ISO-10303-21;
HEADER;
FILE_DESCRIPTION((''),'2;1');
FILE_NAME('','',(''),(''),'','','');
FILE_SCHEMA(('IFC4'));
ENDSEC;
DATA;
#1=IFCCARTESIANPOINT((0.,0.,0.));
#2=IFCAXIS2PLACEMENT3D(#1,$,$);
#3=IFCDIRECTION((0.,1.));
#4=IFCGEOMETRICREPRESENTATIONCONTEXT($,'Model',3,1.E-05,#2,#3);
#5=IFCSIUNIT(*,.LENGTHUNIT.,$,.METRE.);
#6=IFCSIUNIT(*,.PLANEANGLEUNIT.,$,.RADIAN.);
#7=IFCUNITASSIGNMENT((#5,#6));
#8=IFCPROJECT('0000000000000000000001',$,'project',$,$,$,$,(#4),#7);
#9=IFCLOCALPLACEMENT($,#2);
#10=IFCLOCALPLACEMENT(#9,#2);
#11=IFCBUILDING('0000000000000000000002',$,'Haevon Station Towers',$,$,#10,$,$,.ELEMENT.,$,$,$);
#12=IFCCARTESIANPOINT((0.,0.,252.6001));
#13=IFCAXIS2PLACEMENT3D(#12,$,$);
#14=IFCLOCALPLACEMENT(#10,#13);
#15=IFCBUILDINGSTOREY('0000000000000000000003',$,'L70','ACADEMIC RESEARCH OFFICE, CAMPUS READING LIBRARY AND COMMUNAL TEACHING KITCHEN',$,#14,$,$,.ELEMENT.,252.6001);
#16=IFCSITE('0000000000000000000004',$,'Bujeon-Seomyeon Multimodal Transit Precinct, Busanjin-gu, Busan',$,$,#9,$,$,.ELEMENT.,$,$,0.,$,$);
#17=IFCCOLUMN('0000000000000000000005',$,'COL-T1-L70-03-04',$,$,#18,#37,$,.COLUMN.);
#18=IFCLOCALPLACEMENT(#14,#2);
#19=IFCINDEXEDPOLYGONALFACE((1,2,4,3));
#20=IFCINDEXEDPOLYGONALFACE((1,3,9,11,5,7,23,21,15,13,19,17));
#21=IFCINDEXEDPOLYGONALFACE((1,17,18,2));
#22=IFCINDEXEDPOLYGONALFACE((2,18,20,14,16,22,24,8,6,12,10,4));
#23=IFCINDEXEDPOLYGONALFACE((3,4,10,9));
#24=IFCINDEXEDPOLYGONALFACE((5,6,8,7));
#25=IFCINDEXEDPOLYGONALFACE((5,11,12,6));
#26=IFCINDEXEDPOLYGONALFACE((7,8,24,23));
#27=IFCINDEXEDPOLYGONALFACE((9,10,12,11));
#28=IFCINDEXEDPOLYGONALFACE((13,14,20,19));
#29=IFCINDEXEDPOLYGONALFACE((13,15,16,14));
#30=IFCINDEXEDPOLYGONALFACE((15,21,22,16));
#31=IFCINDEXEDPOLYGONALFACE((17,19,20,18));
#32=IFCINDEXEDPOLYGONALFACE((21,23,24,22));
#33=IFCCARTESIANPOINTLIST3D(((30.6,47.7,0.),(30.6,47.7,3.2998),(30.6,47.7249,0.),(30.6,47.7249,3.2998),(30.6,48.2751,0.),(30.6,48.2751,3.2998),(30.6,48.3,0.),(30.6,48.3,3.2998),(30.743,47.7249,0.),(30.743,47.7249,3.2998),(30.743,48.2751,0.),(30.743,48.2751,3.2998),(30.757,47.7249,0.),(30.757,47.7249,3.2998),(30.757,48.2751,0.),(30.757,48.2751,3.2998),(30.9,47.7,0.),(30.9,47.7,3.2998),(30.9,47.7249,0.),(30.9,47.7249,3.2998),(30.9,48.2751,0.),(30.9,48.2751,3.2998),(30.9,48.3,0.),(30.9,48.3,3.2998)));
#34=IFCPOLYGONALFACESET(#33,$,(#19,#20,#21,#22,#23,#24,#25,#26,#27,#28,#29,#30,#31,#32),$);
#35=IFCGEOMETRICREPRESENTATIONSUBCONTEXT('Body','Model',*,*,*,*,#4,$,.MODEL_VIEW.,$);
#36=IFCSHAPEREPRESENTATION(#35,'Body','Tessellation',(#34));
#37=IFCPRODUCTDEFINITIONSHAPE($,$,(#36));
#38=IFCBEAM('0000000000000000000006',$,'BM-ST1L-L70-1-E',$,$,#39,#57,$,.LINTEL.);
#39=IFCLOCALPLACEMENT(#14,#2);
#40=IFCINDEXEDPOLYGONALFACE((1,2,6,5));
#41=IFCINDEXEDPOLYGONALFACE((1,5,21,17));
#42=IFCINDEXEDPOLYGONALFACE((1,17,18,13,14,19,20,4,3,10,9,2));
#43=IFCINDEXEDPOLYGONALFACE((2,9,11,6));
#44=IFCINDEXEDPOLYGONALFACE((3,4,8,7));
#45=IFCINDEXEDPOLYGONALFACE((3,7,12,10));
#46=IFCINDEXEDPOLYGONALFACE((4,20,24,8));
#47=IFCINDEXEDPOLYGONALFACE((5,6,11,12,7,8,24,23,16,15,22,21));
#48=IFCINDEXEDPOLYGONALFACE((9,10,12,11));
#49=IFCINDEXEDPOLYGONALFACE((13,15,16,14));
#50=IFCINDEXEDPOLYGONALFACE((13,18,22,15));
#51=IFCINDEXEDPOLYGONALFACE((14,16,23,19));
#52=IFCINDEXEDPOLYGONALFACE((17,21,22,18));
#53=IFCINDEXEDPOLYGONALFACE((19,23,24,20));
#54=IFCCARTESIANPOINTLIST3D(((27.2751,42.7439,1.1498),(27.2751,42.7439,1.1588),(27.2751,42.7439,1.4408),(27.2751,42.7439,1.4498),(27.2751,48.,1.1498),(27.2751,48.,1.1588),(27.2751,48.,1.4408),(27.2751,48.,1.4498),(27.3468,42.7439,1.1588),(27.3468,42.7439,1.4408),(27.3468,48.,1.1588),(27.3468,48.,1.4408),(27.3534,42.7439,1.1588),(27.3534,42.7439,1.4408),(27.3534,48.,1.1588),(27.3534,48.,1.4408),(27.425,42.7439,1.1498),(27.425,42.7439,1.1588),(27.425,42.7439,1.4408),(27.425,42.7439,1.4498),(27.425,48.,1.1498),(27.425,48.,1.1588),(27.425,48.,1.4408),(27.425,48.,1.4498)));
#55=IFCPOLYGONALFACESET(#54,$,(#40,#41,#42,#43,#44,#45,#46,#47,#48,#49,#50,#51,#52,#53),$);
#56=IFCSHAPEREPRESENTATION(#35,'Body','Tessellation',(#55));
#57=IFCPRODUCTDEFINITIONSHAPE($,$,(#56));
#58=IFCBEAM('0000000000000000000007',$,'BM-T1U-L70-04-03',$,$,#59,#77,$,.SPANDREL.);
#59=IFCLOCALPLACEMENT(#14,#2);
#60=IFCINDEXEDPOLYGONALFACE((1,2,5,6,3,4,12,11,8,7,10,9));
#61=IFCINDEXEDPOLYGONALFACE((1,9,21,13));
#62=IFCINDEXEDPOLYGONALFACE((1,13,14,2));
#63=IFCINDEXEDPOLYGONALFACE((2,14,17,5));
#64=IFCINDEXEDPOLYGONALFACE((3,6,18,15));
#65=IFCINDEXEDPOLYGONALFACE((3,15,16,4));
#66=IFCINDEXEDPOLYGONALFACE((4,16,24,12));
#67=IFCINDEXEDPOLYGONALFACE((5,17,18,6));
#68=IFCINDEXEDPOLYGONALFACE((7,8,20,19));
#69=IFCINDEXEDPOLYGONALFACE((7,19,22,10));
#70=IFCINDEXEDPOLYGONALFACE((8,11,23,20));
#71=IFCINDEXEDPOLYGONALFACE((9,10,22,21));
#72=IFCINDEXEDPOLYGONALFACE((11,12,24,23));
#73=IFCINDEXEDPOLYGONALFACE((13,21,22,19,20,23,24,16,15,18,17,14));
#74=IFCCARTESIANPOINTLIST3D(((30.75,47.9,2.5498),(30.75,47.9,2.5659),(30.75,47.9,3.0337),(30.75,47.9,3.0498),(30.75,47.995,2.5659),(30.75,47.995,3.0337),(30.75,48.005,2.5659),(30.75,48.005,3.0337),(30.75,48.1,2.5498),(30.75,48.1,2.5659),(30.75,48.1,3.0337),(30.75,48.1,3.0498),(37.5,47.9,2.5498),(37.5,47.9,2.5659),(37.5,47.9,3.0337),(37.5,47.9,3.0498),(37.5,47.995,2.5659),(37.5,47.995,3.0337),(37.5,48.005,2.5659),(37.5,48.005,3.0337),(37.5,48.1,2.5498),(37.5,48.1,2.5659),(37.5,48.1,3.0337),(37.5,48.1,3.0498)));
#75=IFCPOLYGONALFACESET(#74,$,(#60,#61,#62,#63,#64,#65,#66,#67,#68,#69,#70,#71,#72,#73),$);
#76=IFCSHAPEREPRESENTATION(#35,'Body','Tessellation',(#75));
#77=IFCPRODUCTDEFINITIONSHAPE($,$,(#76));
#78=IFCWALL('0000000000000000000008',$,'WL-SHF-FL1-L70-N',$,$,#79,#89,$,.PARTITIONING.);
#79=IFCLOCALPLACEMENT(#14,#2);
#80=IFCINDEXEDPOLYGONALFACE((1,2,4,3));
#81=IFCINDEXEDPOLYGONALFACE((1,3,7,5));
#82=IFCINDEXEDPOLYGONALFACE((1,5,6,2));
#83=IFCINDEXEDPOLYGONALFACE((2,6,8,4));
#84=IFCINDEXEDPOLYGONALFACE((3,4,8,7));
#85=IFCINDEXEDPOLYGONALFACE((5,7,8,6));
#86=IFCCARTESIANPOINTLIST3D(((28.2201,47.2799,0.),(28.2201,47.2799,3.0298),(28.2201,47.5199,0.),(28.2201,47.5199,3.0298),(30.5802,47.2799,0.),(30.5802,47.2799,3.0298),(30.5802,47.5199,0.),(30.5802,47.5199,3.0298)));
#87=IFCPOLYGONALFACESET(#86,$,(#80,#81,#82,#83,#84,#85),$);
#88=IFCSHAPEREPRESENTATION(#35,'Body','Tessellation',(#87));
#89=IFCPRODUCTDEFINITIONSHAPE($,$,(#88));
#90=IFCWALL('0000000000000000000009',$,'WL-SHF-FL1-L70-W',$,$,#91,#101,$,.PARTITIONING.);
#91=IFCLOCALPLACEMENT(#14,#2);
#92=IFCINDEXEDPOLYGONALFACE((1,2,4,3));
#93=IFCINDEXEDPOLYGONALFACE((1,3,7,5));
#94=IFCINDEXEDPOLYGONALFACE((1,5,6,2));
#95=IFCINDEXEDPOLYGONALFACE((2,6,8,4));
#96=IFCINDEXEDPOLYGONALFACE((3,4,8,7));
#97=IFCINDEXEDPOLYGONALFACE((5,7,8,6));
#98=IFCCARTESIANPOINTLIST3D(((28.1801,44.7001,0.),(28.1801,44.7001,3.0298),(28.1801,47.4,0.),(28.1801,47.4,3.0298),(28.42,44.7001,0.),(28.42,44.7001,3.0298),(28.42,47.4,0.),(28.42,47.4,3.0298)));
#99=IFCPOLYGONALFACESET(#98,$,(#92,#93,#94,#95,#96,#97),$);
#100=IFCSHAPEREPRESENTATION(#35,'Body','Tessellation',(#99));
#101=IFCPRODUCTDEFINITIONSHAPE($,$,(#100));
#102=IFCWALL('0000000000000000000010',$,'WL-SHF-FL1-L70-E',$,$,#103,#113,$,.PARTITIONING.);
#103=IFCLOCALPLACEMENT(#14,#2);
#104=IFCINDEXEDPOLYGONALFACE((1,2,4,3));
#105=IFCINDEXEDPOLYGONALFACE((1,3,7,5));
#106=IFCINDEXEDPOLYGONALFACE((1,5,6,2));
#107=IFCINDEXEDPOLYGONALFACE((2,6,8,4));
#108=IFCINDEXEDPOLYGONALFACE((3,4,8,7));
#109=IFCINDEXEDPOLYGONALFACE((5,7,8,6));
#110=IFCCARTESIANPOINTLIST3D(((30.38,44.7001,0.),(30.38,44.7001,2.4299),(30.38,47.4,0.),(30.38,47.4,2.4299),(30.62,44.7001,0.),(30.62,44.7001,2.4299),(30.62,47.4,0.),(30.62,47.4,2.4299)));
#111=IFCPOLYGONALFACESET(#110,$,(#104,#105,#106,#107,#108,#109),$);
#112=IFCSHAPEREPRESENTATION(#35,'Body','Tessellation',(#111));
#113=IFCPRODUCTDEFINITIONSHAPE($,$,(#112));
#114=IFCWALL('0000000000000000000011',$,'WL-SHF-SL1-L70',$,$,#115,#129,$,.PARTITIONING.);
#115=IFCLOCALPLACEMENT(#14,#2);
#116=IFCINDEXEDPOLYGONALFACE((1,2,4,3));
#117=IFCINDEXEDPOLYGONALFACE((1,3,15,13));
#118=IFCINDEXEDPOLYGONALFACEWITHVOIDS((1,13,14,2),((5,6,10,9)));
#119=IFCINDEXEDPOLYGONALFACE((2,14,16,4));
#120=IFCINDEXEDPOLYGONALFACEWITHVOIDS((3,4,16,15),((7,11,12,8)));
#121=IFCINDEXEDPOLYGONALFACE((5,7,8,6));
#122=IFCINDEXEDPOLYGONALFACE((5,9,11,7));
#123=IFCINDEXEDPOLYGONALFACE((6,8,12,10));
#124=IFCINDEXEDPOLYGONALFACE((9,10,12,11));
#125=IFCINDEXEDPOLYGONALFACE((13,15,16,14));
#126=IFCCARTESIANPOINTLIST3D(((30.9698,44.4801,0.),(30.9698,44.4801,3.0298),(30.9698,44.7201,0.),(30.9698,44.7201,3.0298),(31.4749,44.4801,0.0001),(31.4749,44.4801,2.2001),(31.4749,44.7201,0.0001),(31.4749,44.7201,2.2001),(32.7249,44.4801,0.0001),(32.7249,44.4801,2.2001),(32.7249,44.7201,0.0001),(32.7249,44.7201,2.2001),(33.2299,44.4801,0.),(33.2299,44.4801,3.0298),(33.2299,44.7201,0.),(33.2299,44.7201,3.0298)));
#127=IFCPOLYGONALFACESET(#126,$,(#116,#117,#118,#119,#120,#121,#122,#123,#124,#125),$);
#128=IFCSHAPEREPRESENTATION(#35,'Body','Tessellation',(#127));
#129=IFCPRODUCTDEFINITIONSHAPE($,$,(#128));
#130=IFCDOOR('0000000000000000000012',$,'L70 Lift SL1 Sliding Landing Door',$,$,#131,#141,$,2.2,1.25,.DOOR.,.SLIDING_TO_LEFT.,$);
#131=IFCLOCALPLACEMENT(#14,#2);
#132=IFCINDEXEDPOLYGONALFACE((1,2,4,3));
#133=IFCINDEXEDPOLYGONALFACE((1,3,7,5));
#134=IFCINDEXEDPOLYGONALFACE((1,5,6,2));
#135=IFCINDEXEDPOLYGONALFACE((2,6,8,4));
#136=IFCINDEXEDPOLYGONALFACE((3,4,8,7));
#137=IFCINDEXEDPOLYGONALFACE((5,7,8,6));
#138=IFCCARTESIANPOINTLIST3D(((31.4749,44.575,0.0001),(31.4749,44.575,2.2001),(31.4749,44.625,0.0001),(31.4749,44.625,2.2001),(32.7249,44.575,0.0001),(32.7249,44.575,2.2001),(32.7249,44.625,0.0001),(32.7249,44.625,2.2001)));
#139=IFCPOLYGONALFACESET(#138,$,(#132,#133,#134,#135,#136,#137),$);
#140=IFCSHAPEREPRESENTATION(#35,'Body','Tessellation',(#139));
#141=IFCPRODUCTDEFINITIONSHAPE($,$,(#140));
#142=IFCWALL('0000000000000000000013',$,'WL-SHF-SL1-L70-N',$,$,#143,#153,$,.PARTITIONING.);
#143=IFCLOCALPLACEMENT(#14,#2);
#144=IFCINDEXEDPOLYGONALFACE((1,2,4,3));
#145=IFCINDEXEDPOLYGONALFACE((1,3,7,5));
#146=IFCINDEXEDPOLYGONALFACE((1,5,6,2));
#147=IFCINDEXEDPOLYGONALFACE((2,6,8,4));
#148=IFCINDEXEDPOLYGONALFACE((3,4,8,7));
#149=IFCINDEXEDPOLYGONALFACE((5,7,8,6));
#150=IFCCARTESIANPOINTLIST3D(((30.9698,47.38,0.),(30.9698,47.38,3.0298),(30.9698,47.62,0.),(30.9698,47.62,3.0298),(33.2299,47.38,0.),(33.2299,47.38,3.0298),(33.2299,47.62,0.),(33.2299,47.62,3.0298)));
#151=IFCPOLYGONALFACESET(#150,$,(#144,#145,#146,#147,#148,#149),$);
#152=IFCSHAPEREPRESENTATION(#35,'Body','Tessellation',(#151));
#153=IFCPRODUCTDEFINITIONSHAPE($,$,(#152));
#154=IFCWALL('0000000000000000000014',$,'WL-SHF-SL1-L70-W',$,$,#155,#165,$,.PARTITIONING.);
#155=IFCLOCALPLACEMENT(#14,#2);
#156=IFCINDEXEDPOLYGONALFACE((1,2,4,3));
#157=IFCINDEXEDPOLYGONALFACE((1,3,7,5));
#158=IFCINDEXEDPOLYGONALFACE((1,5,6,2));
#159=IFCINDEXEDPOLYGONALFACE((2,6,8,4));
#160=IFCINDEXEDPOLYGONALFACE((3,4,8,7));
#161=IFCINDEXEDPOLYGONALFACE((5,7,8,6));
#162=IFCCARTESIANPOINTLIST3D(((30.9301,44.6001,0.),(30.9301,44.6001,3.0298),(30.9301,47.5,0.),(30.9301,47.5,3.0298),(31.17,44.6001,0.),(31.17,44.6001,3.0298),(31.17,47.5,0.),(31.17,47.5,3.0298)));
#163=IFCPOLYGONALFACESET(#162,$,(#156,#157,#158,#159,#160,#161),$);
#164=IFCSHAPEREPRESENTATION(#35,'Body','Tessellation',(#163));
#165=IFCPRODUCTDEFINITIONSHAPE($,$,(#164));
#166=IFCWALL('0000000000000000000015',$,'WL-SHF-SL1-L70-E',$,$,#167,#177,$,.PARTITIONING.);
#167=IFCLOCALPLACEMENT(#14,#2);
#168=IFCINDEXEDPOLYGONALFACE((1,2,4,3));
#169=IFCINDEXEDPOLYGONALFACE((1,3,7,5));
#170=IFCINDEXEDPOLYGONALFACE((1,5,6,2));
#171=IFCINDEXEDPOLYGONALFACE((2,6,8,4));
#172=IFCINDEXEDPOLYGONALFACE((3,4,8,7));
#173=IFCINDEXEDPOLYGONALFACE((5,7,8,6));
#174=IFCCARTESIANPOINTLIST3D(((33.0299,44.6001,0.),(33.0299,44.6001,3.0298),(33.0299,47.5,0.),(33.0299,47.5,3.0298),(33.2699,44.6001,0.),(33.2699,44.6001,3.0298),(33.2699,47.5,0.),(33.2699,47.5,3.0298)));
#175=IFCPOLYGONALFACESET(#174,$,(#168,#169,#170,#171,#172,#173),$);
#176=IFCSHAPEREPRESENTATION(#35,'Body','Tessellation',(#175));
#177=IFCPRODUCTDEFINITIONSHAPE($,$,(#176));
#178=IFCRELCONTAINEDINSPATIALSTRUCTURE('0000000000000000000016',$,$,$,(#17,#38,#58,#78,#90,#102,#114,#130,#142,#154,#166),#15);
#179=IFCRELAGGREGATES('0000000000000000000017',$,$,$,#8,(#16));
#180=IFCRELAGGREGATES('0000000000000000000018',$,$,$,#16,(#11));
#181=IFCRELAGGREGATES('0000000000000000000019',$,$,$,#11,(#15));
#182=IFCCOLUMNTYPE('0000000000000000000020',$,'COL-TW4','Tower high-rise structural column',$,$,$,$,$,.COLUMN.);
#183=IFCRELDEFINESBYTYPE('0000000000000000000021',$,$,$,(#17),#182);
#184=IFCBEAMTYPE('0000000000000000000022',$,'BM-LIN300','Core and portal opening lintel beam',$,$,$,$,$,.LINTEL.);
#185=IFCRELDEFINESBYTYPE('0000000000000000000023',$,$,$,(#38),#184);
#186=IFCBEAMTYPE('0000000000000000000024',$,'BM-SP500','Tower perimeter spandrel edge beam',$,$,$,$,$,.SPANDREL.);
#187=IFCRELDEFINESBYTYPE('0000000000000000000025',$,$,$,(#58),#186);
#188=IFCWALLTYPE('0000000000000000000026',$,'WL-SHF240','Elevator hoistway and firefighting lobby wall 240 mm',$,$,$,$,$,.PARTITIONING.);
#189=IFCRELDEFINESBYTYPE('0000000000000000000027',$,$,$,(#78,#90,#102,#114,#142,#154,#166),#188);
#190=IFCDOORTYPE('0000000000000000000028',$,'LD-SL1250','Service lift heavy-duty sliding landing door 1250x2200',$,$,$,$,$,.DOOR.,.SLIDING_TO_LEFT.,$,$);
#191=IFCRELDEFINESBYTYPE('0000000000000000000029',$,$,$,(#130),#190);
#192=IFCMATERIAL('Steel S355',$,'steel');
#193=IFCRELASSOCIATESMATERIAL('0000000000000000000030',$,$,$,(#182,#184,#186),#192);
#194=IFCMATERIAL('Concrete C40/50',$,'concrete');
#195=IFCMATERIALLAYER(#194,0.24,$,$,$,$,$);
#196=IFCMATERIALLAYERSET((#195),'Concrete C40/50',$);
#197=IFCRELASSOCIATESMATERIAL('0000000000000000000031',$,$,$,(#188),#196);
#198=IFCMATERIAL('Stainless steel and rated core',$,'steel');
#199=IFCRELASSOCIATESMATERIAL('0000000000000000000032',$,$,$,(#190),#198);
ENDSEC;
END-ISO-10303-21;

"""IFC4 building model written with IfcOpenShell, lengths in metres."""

from ifc_helpers import new_model, si_unit, direction, frame, frame_2d, origin, origin_2d, place, context, subcontext, project, spatial, rectangle, i_section, extrude, material, layer, layer_set, material_profile, profile_set, type_object, element, fill, save


model = new_model("IFC4")

# Units and contexts
model_context = context("Model", 3, precision=1e-05, world=origin(), true_north=direction((0.0, 1.0)))
body_context = subcontext(model_context, "Body", "Model", "MODEL_VIEW")
ifc_project = project(units=[si_unit("LENGTHUNIT", "METRE"), si_unit("PLANEANGLEUNIT", "RADIAN")], contexts=[model_context])

# Site, building, storey
site_placement = place(None, origin())
site = spatial("IfcSite", under=ifc_project, at=site_placement, Name="Bujeon-Seomyeon Multimodal Transit Precinct, Busanjin-gu, Busan", CompositionType="ELEMENT", RefElevation=0.0)
building_placement = place(site_placement, origin())
building = spatial("IfcBuilding", under=site, at=building_placement, Name="Haevon Station Towers", CompositionType="ELEMENT")
storey_placement = place(building_placement, frame((0.0, 0.0, 252.6001)))
storey = spatial("IfcBuildingStorey", under=building, at=storey_placement, Name="L70", Description="ACADEMIC RESEARCH OFFICE, CAMPUS READING LIBRARY AND COMMUNAL TEACHING KITCHEN", CompositionType="ELEMENT", Elevation=252.6001)

# Column
ifc_material_1 = material(Name="Steel S355", Category="steel")
ifc_material_profile_1 = material_profile(ifc_material_1, i_section(OverallWidth=0.3, OverallDepth=0.6001, WebThickness=0.0139, FlangeThickness=0.0249, at=origin_2d()), Name="H-600x300x14x25")
ifc_profile_set_1 = profile_set([ifc_material_profile_1], Name="Steel S355")
column_type = type_object("IfcColumnType", Name="COL-TW4", Description="Tower high-rise structural column", PredefinedType="COLUMN", material=ifc_profile_set_1)
column_placement = place(storey_placement, frame((30.75, 48.0, 0.0), z_axis=(0.0, 0.0, 1.0), x_axis=(1.0, 0.0, 0.0)))
element("IfcColumn", 1, at=column_placement, inside=storey, type_object=column_type, Name="COL-T1-L70-03-04", PredefinedType="COLUMN", context=body_context, shape_type="SweptSolid", body=[
    extrude(i_section(OverallWidth=0.3, OverallDepth=0.6001, WebThickness=0.0139, FlangeThickness=0.0249, at=origin_2d()), origin(), (0.0, 0.0, 1.0), 3.2998),
])

# Beams
ifc_material_profile_2 = material_profile(ifc_material_1, i_section(OverallWidth=0.1499, OverallDepth=0.3, WebThickness=0.0066, FlangeThickness=0.009, at=origin_2d()), Name="H-300x150x6.5x9")
ifc_profile_set_2 = profile_set([ifc_material_profile_2], Name="Steel S355")
beam_type_1 = type_object("IfcBeamType", Name="BM-LIN300", Description="Core and portal opening lintel beam", PredefinedType="LINTEL", material=ifc_profile_set_2)
beam_1_placement = place(storey_placement, frame((27.3501, 42.7439, 1.2998), z_axis=(0.0, 1.0, 0.0), x_axis=(-1.0, 0.0, 0.0)))
element("IfcBeam", 2, at=beam_1_placement, inside=storey, type_object=beam_type_1, Name="BM-ST1L-L70-1-E", PredefinedType="LINTEL", context=body_context, shape_type="SweptSolid", body=[
    extrude(i_section(OverallWidth=0.1499, OverallDepth=0.3, WebThickness=0.0066, FlangeThickness=0.009, at=origin_2d()), origin(), (0.0, 0.0, 1.0), 5.2561),
])
ifc_material_profile_3 = material_profile(ifc_material_1, i_section(OverallWidth=0.2, OverallDepth=0.5, WebThickness=0.01, FlangeThickness=0.0161, at=origin_2d()), Name="H-500x200x10x16")
ifc_profile_set_3 = profile_set([ifc_material_profile_3], Name="Steel S355")
beam_type_2 = type_object("IfcBeamType", Name="BM-SP500", Description="Tower perimeter spandrel edge beam", PredefinedType="SPANDREL", material=ifc_profile_set_3)
beam_2_placement = place(storey_placement, frame((30.75, 48.0, 2.7998), z_axis=(1.0, 0.0, 0.0), x_axis=(0.0, 1.0, 0.0)))
element("IfcBeam", 3, at=beam_2_placement, inside=storey, type_object=beam_type_2, Name="BM-T1U-L70-04-03", PredefinedType="SPANDREL", context=body_context, shape_type="SweptSolid", body=[
    extrude(i_section(OverallWidth=0.2, OverallDepth=0.5, WebThickness=0.01, FlangeThickness=0.0161, at=origin_2d()), origin(), (0.0, 0.0, 1.0), 6.75),
])

# Shared definitions
ifc_material_2 = material(Name="Concrete C40/50", Category="concrete")
ifc_layer = layer(ifc_material_2, 0.24)
ifc_layer_set = layer_set([ifc_layer], Name="Concrete C40/50")
wall_type = type_object("IfcWallType", Name="WL-SHF240", Description="Elevator hoistway and firefighting lobby wall 240 mm", PredefinedType="PARTITIONING", material=ifc_layer_set)
ifc_material_3 = material(Name="Stainless steel and rated core", Category="steel")

# Walls
wall_1_placement = place(storey_placement, frame((28.22, 47.3999, 0.0), z_axis=(0.0, 0.0, 1.0), x_axis=(1.0, 0.0, 0.0)))
element("IfcWall", 4, at=wall_1_placement, inside=storey, type_object=wall_type, Name="WL-SHF-FL1-L70-N", PredefinedType="PARTITIONING", context=body_context, shape_type="SweptSolid", body=[
    extrude(rectangle(XDim=2.3601, YDim=0.24, at=frame_2d((1.1802, 0.0))), origin(), (0.0, 0.0, 1.0), 3.0298),
])
wall_2_placement = place(storey_placement, frame((28.3, 44.7, 0.0), z_axis=(0.0, 0.0, 1.0), x_axis=(0.0, 1.0, 0.0)))
element("IfcWall", 5, at=wall_2_placement, inside=storey, type_object=wall_type, Name="WL-SHF-FL1-L70-W", PredefinedType="PARTITIONING", context=body_context, shape_type="SweptSolid", body=[
    extrude(rectangle(XDim=2.7, YDim=0.24, at=frame_2d((1.3501, 0.0))), origin(), (0.0, 0.0, 1.0), 3.0298),
])
wall_3_placement = place(storey_placement, frame((30.5, 44.7, 0.0), z_axis=(0.0, 0.0, 1.0), x_axis=(0.0, 1.0, 0.0)))
element("IfcWall", 6, at=wall_3_placement, inside=storey, type_object=wall_type, Name="WL-SHF-FL1-L70-E", PredefinedType="PARTITIONING", context=body_context, shape_type="SweptSolid", body=[
    extrude(rectangle(XDim=2.7, YDim=0.24, at=frame_2d((1.3501, 0.0))), origin(), (0.0, 0.0, 1.0), 2.4299),
])

# Wall, opening, door
wall_4_placement = place(storey_placement, frame((30.97, 44.6001, 0.0), z_axis=(0.0, 0.0, 1.0), x_axis=(1.0, 0.0, 0.0)))
wall_4 = element("IfcWall", 7, at=wall_4_placement, inside=storey, type_object=wall_type, Name="WL-SHF-SL1-L70", PredefinedType="PARTITIONING", context=body_context, shape_type="SweptSolid", body=[
    extrude(rectangle(XDim=2.26, YDim=0.24, at=frame_2d((1.1299, 0.0))), origin(), (0.0, 0.0, 1.0), 3.0298),
])
opening_1_placement = place(wall_4_placement, frame((0.5049, 0.0, 0.0)))
opening_1 = element("IfcOpeningElement", 8, at=opening_1_placement, cuts=wall_4, PredefinedType="OPENING", context=body_context, shape_type="SweptSolid", body=[
    extrude(rectangle(XDim=1.25, YDim=2.2, at=frame_2d((0.625, 1.1001))), frame((0.0, 0.1299, 0.0), z_axis=(0.0, -1.0, 0.0), x_axis=(1.0, 0.0, 0.0)), (0.0, 0.0, 1.0), 0.26),
])
door_type_1 = type_object("IfcDoorType", Name="LD-SL1250", Description="Service lift heavy-duty sliding landing door 1250x2200", OperationType="SLIDING_TO_LEFT", PredefinedType="DOOR", material=ifc_material_3)
door_1_placement = place(opening_1_placement, origin())
door_1 = element("IfcDoor", 9, at=door_1_placement, inside=storey, type_object=door_type_1, Name="L70 Lift SL1 Sliding Landing Door", OperationType="SLIDING_TO_LEFT", OverallHeight=2.2, OverallWidth=1.25, PredefinedType="DOOR", context=body_context, shape_type="SweptSolid", body=[
    extrude(rectangle(XDim=1.25, YDim=2.2, at=frame_2d((0.625, 1.1001))), frame((0.0, 0.0249, 0.0), z_axis=(0.0, -1.0, 0.0), x_axis=(1.0, 0.0, 0.0)), (0.0, 0.0, 1.0), 0.05),
])
fill(opening_1, door_1)

# Walls
wall_5_placement = place(storey_placement, frame((30.97, 47.5, 0.0), z_axis=(0.0, 0.0, 1.0), x_axis=(1.0, 0.0, 0.0)))
element("IfcWall", 10, at=wall_5_placement, inside=storey, type_object=wall_type, Name="WL-SHF-SL1-L70-N", PredefinedType="PARTITIONING", context=body_context, shape_type="SweptSolid", body=[
    extrude(rectangle(XDim=2.26, YDim=0.24, at=frame_2d((1.1299, 0.0))), origin(), (0.0, 0.0, 1.0), 3.0298),
])
for number, where, z_axis, x_axis, name in (
    (11, (31.05, 44.6001, 0.0), (0.0, 0.0, 1.0), (0.0, 1.0, 0.0), "WL-SHF-SL1-L70-W"),
    (12, (33.1499, 44.6001, 0.0), (0.0, 0.0, 1.0), (0.0, 1.0, 0.0), "WL-SHF-SL1-L70-E"),
):
    element("IfcWall", number, at=place(storey_placement, frame(where, z_axis=z_axis, x_axis=x_axis)), inside=storey, type_object=wall_type, Name=name, PredefinedType="PARTITIONING", context=body_context, shape_type="SweptSolid", body=[
        extrude(rectangle(XDim=2.8999, YDim=0.24, at=frame_2d((1.45, 0.0))), origin(), (0.0, 0.0, 1.0), 3.0298),
    ])

save(model, "model.ifc")
